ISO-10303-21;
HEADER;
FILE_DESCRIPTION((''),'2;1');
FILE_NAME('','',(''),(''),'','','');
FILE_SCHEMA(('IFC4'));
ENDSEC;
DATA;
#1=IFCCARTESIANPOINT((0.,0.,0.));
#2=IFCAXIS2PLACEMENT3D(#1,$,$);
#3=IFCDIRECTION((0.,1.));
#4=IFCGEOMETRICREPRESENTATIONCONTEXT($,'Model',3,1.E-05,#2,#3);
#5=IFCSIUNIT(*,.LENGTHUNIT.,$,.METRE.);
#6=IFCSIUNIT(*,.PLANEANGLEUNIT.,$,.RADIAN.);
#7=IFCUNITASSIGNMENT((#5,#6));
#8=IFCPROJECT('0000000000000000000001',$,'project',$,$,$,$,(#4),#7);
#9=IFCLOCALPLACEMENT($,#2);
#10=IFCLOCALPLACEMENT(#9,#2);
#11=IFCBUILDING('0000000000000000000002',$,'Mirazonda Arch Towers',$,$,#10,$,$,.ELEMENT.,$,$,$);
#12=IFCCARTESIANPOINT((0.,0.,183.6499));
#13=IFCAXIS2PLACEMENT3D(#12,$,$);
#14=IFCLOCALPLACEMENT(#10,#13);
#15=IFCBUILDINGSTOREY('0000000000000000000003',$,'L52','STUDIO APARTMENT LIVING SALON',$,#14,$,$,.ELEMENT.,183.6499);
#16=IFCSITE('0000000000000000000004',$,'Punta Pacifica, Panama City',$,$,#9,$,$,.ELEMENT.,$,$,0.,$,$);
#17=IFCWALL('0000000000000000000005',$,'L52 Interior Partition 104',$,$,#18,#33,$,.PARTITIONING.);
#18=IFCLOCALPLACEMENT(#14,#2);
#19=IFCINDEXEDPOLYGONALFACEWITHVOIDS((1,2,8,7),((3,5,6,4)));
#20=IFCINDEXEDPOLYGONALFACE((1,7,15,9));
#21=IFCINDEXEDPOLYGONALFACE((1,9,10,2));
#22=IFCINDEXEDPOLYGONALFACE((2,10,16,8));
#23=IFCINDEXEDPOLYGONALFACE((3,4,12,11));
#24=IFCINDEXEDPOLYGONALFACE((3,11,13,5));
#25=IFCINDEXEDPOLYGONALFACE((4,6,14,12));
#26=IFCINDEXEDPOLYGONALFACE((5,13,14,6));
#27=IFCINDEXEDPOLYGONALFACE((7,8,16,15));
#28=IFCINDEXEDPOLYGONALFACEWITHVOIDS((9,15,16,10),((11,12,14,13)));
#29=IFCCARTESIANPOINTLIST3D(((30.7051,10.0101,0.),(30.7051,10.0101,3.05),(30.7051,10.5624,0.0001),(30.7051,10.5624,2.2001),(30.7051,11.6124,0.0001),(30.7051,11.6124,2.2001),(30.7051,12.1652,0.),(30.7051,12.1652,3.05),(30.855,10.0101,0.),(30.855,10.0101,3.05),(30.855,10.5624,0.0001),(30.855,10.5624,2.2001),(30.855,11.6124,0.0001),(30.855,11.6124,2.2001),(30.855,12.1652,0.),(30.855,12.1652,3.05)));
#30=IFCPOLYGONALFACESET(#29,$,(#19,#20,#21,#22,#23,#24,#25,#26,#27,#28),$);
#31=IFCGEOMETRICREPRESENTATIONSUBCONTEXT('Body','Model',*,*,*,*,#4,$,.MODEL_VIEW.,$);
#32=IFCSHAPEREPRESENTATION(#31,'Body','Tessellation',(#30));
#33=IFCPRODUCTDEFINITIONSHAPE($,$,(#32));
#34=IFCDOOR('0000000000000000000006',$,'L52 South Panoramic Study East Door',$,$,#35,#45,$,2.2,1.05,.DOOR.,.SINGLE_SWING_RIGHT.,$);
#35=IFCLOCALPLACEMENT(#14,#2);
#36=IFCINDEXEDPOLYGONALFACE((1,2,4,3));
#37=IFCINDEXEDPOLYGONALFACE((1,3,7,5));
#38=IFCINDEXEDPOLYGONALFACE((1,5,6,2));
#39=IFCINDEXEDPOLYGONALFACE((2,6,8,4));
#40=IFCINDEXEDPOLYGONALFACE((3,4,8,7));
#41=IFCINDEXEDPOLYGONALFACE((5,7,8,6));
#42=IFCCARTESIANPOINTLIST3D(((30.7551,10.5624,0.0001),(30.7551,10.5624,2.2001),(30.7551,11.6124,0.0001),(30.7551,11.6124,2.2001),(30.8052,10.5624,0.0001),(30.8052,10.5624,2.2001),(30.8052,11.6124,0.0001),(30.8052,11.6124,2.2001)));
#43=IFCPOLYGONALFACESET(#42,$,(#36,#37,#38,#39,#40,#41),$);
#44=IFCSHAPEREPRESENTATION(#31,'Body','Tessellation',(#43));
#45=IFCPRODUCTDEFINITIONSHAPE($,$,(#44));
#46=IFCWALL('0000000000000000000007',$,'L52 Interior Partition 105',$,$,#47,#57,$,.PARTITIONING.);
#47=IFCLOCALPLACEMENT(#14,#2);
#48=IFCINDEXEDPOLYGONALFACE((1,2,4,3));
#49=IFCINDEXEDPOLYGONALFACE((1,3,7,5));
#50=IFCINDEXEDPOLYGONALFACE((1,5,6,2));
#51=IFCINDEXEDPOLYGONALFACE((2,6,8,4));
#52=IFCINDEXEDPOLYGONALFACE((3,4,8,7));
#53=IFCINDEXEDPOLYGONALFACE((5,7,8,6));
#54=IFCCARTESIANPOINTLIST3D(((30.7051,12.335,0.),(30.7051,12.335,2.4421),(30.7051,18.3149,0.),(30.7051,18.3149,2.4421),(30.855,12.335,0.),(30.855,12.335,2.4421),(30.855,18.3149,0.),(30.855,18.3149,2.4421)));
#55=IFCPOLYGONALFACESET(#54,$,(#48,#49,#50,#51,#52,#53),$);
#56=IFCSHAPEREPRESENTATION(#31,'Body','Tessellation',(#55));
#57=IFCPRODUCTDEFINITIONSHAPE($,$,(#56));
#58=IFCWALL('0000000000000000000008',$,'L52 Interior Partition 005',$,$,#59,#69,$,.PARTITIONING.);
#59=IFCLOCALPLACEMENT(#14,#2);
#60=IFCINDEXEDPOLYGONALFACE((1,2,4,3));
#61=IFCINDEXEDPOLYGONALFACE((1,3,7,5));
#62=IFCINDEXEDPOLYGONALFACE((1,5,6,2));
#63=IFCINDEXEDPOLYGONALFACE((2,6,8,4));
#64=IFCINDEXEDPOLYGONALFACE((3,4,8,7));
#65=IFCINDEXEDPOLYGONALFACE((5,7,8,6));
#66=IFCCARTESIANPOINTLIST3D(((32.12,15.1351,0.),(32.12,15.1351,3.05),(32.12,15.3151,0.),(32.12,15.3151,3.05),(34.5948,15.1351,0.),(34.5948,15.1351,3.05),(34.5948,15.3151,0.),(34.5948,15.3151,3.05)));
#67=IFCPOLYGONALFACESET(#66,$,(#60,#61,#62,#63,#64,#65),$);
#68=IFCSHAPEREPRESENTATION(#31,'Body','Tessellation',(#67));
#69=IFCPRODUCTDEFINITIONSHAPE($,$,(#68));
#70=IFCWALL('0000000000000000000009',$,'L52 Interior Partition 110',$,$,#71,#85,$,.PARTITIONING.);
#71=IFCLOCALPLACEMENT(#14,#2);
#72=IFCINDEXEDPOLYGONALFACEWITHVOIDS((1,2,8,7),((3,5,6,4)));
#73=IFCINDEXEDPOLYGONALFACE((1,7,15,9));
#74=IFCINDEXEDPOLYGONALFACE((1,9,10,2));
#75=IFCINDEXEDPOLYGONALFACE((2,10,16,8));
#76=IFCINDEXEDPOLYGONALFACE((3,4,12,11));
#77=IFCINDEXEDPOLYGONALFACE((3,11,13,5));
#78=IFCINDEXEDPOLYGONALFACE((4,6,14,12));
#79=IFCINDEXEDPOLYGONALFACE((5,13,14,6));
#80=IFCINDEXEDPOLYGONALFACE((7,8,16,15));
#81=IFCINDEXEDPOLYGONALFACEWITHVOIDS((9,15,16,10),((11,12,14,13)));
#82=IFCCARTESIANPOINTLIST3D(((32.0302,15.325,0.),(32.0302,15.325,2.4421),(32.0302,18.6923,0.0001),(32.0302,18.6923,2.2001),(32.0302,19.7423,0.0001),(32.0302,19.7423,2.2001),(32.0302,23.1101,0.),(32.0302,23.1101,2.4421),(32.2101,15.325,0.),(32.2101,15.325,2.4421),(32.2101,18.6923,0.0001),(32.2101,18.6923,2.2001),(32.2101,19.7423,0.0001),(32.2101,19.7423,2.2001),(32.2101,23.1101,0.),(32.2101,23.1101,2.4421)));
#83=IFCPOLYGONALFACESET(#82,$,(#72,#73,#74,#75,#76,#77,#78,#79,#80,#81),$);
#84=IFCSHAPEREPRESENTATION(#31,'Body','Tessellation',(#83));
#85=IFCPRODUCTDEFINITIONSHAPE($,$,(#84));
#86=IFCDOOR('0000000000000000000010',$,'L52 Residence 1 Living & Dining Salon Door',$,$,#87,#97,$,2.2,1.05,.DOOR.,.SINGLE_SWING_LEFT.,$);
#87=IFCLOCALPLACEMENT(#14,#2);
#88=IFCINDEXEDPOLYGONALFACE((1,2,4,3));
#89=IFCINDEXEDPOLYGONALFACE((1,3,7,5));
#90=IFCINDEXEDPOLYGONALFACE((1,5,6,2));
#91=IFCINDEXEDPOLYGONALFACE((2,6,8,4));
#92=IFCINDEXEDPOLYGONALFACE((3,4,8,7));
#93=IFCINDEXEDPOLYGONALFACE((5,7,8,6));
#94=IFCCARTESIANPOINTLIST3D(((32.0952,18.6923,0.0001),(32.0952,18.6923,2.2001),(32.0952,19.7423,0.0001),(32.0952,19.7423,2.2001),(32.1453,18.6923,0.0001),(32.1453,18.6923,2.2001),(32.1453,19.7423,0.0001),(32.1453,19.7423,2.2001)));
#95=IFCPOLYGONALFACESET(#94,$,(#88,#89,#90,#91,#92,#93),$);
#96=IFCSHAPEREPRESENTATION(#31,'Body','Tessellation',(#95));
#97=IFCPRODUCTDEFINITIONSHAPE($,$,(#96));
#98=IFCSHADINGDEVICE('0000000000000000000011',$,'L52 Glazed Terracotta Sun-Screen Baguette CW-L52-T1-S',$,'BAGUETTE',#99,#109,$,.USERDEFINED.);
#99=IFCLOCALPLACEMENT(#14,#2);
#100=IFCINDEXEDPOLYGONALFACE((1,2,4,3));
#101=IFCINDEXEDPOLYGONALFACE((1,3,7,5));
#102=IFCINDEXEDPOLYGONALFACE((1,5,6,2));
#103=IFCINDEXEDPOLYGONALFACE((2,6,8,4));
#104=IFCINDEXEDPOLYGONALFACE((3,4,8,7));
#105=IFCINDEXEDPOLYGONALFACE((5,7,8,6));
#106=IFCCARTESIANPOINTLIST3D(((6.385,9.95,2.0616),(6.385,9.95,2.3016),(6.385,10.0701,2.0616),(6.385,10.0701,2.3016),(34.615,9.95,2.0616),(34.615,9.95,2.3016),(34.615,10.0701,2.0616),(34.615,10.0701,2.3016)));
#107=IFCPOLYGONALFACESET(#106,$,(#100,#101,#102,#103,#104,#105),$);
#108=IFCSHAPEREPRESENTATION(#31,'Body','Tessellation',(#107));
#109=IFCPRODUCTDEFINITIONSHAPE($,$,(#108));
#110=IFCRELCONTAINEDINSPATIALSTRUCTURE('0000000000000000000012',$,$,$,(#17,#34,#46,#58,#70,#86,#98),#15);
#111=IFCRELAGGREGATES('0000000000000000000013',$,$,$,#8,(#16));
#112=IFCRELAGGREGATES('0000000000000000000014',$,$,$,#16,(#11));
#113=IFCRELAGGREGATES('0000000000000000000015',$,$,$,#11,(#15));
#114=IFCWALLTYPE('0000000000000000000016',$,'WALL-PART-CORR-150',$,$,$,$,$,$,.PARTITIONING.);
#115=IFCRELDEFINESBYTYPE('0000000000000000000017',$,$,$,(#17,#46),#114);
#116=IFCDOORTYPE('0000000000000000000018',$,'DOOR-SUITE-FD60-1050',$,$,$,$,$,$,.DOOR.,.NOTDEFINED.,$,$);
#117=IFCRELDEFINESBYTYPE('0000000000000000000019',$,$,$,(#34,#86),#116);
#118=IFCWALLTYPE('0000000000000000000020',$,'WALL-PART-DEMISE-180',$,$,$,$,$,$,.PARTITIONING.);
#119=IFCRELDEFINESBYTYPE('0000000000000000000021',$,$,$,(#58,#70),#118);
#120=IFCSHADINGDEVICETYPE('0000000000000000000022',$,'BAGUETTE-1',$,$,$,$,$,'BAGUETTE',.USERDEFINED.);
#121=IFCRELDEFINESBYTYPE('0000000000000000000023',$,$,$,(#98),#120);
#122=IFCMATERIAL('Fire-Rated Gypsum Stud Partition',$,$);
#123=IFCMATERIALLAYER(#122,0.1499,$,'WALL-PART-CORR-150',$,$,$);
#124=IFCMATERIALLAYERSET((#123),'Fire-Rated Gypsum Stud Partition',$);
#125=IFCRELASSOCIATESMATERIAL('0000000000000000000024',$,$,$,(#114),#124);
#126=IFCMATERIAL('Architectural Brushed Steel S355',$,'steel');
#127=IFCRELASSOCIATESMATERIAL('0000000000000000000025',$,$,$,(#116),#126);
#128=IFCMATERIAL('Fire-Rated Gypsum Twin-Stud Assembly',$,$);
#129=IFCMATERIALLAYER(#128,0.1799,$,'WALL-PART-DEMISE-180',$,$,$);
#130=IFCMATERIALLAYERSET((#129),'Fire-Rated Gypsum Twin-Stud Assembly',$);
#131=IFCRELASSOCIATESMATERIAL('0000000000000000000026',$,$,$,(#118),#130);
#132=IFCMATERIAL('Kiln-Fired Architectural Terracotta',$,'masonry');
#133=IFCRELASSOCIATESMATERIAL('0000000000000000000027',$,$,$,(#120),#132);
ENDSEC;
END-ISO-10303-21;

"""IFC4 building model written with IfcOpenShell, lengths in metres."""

from ifc_helpers import new_model, si_unit, direction, frame, frame_2d, origin, origin_2d, place, context, subcontext, project, spatial, rectangle, extrude, material, layer, layer_set, material_profile, profile_set, type_object, element, fill, save


model = new_model("IFC4")

# Units and contexts
model_context = context("Model", 3, precision=1e-05, world=origin(), true_north=direction((0.0, 1.0)))
body_context = subcontext(model_context, "Body", "Model", "MODEL_VIEW")
ifc_project = project(units=[si_unit("LENGTHUNIT", "METRE"), si_unit("PLANEANGLEUNIT", "RADIAN")], contexts=[model_context])

# Site, building, storey
site_placement = place(None, origin())
site = spatial("IfcSite", under=ifc_project, at=site_placement, Name="Punta Pacifica, Panama City", CompositionType="ELEMENT", RefElevation=0.0)
building_placement = place(site_placement, origin())
building = spatial("IfcBuilding", under=site, at=building_placement, Name="Mirazonda Arch Towers", CompositionType="ELEMENT")
storey_placement = place(building_placement, frame((0.0, 0.0, 183.6499)))
storey = spatial("IfcBuildingStorey", under=building, at=storey_placement, Name="L52", Description="STUDIO APARTMENT LIVING SALON", CompositionType="ELEMENT", Elevation=183.6499)

# Shared definitions
ifc_material_1 = material(Name="Fire-Rated Gypsum Stud Partition")
ifc_layer_1 = layer(ifc_material_1, 0.1499, Name="WALL-PART-CORR-150")
ifc_layer_set_1 = layer_set([ifc_layer_1], Name="Fire-Rated Gypsum Stud Partition")
wall_type_1 = type_object("IfcWallType", Name="WALL-PART-CORR-150", PredefinedType="PARTITIONING", material=ifc_layer_set_1)

# Wall, opening, door
wall_1_placement = place(storey_placement, frame((30.78, 10.01, 0.0), z_axis=(0.0, 0.0, 1.0), x_axis=(0.0, 1.0, 0.0)))
wall_1 = element("IfcWall", 1, at=wall_1_placement, inside=storey, type_object=wall_type_1, Name="L52 Interior Partition 104", PredefinedType="PARTITIONING", context=body_context, shape_type="SweptSolid", body=[
    extrude(rectangle(XDim=2.155, YDim=0.1499, at=frame_2d((1.0776, 0.0))), origin(), (0.0, 0.0, 1.0), 3.05),
])
opening_1_placement = place(wall_1_placement, frame((0.5525, 0.0, 0.0)))
opening_1 = element("IfcOpeningElement", 2, at=opening_1_placement, cuts=wall_1, PredefinedType="OPENING", context=body_context, shape_type="SweptSolid", body=[
    extrude(rectangle(XDim=1.05, YDim=2.2, at=frame_2d((0.5249, 1.1001))), frame((0.0, 0.085, 0.0), z_axis=(0.0, -1.0, 0.0), x_axis=(1.0, 0.0, 0.0)), (0.0, 0.0, 1.0), 0.1699),
])
ifc_material_2 = material(Name="Architectural Brushed Steel S355", Category="steel")
door_type_1 = type_object("IfcDoorType", Name="DOOR-SUITE-FD60-1050", OperationType="NOTDEFINED", PredefinedType="DOOR", material=ifc_material_2)
door_1_placement = place(opening_1_placement, origin())
door_1 = element("IfcDoor", 3, at=door_1_placement, inside=storey, type_object=door_type_1, Name="L52 South Panoramic Study East Door", OperationType="SINGLE_SWING_RIGHT", OverallHeight=2.2, OverallWidth=1.05, PredefinedType="DOOR", context=body_context, shape_type="SweptSolid", body=[
    extrude(rectangle(XDim=1.05, YDim=2.2, at=frame_2d((0.5249, 1.1001))), frame((0.0, 0.0249, 0.0), z_axis=(0.0, -1.0, 0.0), x_axis=(1.0, 0.0, 0.0)), (0.0, 0.0, 1.0), 0.05),
])
fill(opening_1, door_1)

# Walls
wall_2_placement = place(storey_placement, frame((30.78, 12.335, 0.0), z_axis=(0.0, 0.0, 1.0), x_axis=(0.0, 1.0, 0.0)))
element("IfcWall", 4, at=wall_2_placement, inside=storey, type_object=wall_type_1, Name="L52 Interior Partition 105", PredefinedType="PARTITIONING", context=body_context, shape_type="SweptSolid", body=[
    extrude(rectangle(XDim=5.98, YDim=0.1499, at=frame_2d((2.99, 0.0))), origin(), (0.0, 0.0, 1.0), 2.4421),
])
ifc_material_3 = material(Name="Fire-Rated Gypsum Twin-Stud Assembly")
ifc_layer_2 = layer(ifc_material_3, 0.1799, Name="WALL-PART-DEMISE-180")
ifc_layer_set_2 = layer_set([ifc_layer_2], Name="Fire-Rated Gypsum Twin-Stud Assembly")
wall_type_2 = type_object("IfcWallType", Name="WALL-PART-DEMISE-180", PredefinedType="PARTITIONING", material=ifc_layer_set_2)
wall_3_placement = place(storey_placement, frame((32.1201, 15.2251, 0.0), z_axis=(0.0, 0.0, 1.0), x_axis=(1.0, 0.0, 0.0)))
element("IfcWall", 5, at=wall_3_placement, inside=storey, type_object=wall_type_2, Name="L52 Interior Partition 005", PredefinedType="PARTITIONING", context=body_context, shape_type="SweptSolid", body=[
    extrude(rectangle(XDim=2.4749, YDim=0.1799, at=frame_2d((1.2373, 0.0))), origin(), (0.0, 0.0, 1.0), 3.05),
])

# Wall, opening, door
wall_4_placement = place(storey_placement, frame((32.1201, 15.325, 0.0), z_axis=(0.0, 0.0, 1.0), x_axis=(0.0, 1.0, 0.0)))
wall_4 = element("IfcWall", 6, at=wall_4_placement, inside=storey, type_object=wall_type_2, Name="L52 Interior Partition 110", PredefinedType="PARTITIONING", context=body_context, shape_type="SweptSolid", body=[
    extrude(rectangle(XDim=7.7852, YDim=0.1799, at=frame_2d((3.8926, 0.0))), origin(), (0.0, 0.0, 1.0), 2.4421),
])
opening_2_placement = place(wall_4_placement, frame((3.3674, 0.0, 0.0)))
opening_2 = element("IfcOpeningElement", 7, at=opening_2_placement, cuts=wall_4, PredefinedType="OPENING", context=body_context, shape_type="SweptSolid", body=[
    extrude(rectangle(XDim=1.05, YDim=2.2, at=frame_2d((0.5249, 1.1001))), frame((0.0, 0.0999, 0.0), z_axis=(0.0, -1.0, 0.0), x_axis=(1.0, 0.0, 0.0)), (0.0, 0.0, 1.0), 0.2),
])
door_2_placement = place(opening_2_placement, origin())
door_2 = element("IfcDoor", 8, at=door_2_placement, inside=storey, type_object=door_type_1, Name="L52 Residence 1 Living & Dining Salon Door", OperationType="SINGLE_SWING_LEFT", OverallHeight=2.2, OverallWidth=1.05, PredefinedType="DOOR", context=body_context, shape_type="SweptSolid", body=[
    extrude(rectangle(XDim=1.05, YDim=2.2, at=frame_2d((0.5249, 1.1001))), frame((0.0, 0.0249, 0.0), z_axis=(0.0, -1.0, 0.0), x_axis=(1.0, 0.0, 0.0)), (0.0, 0.0, 1.0), 0.05),
])
fill(opening_2, door_2)

# Shading device
ifc_material_4 = material(Name="Kiln-Fired Architectural Terracotta", Category="masonry")
ifc_material_profile_1 = material_profile(ifc_material_4, rectangle(XDim=0.1201, YDim=0.24, at=origin_2d()), Name="TERRA-BAG-120x240")
ifc_profile_set_1 = profile_set([ifc_material_profile_1], Name="Kiln-Fired Architectural Terracotta")
shading_device_type = type_object("IfcShadingDeviceType", Name="BAGUETTE-1", ElementType="BAGUETTE", PredefinedType="USERDEFINED", material=ifc_profile_set_1)
shading_device_placement = place(storey_placement, frame((34.615, 10.01, 2.1816), z_axis=(-1.0, 0.0, 0.0), x_axis=(0.0, -1.0, 0.0)))
element("IfcShadingDevice", 9, at=shading_device_placement, inside=storey, type_object=shading_device_type, Name="L52 Glazed Terracotta Sun-Screen Baguette CW-L52-T1-S", ObjectType="BAGUETTE", PredefinedType="USERDEFINED", context=body_context, shape_type="SweptSolid", body=[
    extrude(rectangle(XDim=0.1201, YDim=0.24, at=origin_2d()), origin(), (0.0, 0.0, 1.0), 28.23),
])

save(model, "model.ifc")
